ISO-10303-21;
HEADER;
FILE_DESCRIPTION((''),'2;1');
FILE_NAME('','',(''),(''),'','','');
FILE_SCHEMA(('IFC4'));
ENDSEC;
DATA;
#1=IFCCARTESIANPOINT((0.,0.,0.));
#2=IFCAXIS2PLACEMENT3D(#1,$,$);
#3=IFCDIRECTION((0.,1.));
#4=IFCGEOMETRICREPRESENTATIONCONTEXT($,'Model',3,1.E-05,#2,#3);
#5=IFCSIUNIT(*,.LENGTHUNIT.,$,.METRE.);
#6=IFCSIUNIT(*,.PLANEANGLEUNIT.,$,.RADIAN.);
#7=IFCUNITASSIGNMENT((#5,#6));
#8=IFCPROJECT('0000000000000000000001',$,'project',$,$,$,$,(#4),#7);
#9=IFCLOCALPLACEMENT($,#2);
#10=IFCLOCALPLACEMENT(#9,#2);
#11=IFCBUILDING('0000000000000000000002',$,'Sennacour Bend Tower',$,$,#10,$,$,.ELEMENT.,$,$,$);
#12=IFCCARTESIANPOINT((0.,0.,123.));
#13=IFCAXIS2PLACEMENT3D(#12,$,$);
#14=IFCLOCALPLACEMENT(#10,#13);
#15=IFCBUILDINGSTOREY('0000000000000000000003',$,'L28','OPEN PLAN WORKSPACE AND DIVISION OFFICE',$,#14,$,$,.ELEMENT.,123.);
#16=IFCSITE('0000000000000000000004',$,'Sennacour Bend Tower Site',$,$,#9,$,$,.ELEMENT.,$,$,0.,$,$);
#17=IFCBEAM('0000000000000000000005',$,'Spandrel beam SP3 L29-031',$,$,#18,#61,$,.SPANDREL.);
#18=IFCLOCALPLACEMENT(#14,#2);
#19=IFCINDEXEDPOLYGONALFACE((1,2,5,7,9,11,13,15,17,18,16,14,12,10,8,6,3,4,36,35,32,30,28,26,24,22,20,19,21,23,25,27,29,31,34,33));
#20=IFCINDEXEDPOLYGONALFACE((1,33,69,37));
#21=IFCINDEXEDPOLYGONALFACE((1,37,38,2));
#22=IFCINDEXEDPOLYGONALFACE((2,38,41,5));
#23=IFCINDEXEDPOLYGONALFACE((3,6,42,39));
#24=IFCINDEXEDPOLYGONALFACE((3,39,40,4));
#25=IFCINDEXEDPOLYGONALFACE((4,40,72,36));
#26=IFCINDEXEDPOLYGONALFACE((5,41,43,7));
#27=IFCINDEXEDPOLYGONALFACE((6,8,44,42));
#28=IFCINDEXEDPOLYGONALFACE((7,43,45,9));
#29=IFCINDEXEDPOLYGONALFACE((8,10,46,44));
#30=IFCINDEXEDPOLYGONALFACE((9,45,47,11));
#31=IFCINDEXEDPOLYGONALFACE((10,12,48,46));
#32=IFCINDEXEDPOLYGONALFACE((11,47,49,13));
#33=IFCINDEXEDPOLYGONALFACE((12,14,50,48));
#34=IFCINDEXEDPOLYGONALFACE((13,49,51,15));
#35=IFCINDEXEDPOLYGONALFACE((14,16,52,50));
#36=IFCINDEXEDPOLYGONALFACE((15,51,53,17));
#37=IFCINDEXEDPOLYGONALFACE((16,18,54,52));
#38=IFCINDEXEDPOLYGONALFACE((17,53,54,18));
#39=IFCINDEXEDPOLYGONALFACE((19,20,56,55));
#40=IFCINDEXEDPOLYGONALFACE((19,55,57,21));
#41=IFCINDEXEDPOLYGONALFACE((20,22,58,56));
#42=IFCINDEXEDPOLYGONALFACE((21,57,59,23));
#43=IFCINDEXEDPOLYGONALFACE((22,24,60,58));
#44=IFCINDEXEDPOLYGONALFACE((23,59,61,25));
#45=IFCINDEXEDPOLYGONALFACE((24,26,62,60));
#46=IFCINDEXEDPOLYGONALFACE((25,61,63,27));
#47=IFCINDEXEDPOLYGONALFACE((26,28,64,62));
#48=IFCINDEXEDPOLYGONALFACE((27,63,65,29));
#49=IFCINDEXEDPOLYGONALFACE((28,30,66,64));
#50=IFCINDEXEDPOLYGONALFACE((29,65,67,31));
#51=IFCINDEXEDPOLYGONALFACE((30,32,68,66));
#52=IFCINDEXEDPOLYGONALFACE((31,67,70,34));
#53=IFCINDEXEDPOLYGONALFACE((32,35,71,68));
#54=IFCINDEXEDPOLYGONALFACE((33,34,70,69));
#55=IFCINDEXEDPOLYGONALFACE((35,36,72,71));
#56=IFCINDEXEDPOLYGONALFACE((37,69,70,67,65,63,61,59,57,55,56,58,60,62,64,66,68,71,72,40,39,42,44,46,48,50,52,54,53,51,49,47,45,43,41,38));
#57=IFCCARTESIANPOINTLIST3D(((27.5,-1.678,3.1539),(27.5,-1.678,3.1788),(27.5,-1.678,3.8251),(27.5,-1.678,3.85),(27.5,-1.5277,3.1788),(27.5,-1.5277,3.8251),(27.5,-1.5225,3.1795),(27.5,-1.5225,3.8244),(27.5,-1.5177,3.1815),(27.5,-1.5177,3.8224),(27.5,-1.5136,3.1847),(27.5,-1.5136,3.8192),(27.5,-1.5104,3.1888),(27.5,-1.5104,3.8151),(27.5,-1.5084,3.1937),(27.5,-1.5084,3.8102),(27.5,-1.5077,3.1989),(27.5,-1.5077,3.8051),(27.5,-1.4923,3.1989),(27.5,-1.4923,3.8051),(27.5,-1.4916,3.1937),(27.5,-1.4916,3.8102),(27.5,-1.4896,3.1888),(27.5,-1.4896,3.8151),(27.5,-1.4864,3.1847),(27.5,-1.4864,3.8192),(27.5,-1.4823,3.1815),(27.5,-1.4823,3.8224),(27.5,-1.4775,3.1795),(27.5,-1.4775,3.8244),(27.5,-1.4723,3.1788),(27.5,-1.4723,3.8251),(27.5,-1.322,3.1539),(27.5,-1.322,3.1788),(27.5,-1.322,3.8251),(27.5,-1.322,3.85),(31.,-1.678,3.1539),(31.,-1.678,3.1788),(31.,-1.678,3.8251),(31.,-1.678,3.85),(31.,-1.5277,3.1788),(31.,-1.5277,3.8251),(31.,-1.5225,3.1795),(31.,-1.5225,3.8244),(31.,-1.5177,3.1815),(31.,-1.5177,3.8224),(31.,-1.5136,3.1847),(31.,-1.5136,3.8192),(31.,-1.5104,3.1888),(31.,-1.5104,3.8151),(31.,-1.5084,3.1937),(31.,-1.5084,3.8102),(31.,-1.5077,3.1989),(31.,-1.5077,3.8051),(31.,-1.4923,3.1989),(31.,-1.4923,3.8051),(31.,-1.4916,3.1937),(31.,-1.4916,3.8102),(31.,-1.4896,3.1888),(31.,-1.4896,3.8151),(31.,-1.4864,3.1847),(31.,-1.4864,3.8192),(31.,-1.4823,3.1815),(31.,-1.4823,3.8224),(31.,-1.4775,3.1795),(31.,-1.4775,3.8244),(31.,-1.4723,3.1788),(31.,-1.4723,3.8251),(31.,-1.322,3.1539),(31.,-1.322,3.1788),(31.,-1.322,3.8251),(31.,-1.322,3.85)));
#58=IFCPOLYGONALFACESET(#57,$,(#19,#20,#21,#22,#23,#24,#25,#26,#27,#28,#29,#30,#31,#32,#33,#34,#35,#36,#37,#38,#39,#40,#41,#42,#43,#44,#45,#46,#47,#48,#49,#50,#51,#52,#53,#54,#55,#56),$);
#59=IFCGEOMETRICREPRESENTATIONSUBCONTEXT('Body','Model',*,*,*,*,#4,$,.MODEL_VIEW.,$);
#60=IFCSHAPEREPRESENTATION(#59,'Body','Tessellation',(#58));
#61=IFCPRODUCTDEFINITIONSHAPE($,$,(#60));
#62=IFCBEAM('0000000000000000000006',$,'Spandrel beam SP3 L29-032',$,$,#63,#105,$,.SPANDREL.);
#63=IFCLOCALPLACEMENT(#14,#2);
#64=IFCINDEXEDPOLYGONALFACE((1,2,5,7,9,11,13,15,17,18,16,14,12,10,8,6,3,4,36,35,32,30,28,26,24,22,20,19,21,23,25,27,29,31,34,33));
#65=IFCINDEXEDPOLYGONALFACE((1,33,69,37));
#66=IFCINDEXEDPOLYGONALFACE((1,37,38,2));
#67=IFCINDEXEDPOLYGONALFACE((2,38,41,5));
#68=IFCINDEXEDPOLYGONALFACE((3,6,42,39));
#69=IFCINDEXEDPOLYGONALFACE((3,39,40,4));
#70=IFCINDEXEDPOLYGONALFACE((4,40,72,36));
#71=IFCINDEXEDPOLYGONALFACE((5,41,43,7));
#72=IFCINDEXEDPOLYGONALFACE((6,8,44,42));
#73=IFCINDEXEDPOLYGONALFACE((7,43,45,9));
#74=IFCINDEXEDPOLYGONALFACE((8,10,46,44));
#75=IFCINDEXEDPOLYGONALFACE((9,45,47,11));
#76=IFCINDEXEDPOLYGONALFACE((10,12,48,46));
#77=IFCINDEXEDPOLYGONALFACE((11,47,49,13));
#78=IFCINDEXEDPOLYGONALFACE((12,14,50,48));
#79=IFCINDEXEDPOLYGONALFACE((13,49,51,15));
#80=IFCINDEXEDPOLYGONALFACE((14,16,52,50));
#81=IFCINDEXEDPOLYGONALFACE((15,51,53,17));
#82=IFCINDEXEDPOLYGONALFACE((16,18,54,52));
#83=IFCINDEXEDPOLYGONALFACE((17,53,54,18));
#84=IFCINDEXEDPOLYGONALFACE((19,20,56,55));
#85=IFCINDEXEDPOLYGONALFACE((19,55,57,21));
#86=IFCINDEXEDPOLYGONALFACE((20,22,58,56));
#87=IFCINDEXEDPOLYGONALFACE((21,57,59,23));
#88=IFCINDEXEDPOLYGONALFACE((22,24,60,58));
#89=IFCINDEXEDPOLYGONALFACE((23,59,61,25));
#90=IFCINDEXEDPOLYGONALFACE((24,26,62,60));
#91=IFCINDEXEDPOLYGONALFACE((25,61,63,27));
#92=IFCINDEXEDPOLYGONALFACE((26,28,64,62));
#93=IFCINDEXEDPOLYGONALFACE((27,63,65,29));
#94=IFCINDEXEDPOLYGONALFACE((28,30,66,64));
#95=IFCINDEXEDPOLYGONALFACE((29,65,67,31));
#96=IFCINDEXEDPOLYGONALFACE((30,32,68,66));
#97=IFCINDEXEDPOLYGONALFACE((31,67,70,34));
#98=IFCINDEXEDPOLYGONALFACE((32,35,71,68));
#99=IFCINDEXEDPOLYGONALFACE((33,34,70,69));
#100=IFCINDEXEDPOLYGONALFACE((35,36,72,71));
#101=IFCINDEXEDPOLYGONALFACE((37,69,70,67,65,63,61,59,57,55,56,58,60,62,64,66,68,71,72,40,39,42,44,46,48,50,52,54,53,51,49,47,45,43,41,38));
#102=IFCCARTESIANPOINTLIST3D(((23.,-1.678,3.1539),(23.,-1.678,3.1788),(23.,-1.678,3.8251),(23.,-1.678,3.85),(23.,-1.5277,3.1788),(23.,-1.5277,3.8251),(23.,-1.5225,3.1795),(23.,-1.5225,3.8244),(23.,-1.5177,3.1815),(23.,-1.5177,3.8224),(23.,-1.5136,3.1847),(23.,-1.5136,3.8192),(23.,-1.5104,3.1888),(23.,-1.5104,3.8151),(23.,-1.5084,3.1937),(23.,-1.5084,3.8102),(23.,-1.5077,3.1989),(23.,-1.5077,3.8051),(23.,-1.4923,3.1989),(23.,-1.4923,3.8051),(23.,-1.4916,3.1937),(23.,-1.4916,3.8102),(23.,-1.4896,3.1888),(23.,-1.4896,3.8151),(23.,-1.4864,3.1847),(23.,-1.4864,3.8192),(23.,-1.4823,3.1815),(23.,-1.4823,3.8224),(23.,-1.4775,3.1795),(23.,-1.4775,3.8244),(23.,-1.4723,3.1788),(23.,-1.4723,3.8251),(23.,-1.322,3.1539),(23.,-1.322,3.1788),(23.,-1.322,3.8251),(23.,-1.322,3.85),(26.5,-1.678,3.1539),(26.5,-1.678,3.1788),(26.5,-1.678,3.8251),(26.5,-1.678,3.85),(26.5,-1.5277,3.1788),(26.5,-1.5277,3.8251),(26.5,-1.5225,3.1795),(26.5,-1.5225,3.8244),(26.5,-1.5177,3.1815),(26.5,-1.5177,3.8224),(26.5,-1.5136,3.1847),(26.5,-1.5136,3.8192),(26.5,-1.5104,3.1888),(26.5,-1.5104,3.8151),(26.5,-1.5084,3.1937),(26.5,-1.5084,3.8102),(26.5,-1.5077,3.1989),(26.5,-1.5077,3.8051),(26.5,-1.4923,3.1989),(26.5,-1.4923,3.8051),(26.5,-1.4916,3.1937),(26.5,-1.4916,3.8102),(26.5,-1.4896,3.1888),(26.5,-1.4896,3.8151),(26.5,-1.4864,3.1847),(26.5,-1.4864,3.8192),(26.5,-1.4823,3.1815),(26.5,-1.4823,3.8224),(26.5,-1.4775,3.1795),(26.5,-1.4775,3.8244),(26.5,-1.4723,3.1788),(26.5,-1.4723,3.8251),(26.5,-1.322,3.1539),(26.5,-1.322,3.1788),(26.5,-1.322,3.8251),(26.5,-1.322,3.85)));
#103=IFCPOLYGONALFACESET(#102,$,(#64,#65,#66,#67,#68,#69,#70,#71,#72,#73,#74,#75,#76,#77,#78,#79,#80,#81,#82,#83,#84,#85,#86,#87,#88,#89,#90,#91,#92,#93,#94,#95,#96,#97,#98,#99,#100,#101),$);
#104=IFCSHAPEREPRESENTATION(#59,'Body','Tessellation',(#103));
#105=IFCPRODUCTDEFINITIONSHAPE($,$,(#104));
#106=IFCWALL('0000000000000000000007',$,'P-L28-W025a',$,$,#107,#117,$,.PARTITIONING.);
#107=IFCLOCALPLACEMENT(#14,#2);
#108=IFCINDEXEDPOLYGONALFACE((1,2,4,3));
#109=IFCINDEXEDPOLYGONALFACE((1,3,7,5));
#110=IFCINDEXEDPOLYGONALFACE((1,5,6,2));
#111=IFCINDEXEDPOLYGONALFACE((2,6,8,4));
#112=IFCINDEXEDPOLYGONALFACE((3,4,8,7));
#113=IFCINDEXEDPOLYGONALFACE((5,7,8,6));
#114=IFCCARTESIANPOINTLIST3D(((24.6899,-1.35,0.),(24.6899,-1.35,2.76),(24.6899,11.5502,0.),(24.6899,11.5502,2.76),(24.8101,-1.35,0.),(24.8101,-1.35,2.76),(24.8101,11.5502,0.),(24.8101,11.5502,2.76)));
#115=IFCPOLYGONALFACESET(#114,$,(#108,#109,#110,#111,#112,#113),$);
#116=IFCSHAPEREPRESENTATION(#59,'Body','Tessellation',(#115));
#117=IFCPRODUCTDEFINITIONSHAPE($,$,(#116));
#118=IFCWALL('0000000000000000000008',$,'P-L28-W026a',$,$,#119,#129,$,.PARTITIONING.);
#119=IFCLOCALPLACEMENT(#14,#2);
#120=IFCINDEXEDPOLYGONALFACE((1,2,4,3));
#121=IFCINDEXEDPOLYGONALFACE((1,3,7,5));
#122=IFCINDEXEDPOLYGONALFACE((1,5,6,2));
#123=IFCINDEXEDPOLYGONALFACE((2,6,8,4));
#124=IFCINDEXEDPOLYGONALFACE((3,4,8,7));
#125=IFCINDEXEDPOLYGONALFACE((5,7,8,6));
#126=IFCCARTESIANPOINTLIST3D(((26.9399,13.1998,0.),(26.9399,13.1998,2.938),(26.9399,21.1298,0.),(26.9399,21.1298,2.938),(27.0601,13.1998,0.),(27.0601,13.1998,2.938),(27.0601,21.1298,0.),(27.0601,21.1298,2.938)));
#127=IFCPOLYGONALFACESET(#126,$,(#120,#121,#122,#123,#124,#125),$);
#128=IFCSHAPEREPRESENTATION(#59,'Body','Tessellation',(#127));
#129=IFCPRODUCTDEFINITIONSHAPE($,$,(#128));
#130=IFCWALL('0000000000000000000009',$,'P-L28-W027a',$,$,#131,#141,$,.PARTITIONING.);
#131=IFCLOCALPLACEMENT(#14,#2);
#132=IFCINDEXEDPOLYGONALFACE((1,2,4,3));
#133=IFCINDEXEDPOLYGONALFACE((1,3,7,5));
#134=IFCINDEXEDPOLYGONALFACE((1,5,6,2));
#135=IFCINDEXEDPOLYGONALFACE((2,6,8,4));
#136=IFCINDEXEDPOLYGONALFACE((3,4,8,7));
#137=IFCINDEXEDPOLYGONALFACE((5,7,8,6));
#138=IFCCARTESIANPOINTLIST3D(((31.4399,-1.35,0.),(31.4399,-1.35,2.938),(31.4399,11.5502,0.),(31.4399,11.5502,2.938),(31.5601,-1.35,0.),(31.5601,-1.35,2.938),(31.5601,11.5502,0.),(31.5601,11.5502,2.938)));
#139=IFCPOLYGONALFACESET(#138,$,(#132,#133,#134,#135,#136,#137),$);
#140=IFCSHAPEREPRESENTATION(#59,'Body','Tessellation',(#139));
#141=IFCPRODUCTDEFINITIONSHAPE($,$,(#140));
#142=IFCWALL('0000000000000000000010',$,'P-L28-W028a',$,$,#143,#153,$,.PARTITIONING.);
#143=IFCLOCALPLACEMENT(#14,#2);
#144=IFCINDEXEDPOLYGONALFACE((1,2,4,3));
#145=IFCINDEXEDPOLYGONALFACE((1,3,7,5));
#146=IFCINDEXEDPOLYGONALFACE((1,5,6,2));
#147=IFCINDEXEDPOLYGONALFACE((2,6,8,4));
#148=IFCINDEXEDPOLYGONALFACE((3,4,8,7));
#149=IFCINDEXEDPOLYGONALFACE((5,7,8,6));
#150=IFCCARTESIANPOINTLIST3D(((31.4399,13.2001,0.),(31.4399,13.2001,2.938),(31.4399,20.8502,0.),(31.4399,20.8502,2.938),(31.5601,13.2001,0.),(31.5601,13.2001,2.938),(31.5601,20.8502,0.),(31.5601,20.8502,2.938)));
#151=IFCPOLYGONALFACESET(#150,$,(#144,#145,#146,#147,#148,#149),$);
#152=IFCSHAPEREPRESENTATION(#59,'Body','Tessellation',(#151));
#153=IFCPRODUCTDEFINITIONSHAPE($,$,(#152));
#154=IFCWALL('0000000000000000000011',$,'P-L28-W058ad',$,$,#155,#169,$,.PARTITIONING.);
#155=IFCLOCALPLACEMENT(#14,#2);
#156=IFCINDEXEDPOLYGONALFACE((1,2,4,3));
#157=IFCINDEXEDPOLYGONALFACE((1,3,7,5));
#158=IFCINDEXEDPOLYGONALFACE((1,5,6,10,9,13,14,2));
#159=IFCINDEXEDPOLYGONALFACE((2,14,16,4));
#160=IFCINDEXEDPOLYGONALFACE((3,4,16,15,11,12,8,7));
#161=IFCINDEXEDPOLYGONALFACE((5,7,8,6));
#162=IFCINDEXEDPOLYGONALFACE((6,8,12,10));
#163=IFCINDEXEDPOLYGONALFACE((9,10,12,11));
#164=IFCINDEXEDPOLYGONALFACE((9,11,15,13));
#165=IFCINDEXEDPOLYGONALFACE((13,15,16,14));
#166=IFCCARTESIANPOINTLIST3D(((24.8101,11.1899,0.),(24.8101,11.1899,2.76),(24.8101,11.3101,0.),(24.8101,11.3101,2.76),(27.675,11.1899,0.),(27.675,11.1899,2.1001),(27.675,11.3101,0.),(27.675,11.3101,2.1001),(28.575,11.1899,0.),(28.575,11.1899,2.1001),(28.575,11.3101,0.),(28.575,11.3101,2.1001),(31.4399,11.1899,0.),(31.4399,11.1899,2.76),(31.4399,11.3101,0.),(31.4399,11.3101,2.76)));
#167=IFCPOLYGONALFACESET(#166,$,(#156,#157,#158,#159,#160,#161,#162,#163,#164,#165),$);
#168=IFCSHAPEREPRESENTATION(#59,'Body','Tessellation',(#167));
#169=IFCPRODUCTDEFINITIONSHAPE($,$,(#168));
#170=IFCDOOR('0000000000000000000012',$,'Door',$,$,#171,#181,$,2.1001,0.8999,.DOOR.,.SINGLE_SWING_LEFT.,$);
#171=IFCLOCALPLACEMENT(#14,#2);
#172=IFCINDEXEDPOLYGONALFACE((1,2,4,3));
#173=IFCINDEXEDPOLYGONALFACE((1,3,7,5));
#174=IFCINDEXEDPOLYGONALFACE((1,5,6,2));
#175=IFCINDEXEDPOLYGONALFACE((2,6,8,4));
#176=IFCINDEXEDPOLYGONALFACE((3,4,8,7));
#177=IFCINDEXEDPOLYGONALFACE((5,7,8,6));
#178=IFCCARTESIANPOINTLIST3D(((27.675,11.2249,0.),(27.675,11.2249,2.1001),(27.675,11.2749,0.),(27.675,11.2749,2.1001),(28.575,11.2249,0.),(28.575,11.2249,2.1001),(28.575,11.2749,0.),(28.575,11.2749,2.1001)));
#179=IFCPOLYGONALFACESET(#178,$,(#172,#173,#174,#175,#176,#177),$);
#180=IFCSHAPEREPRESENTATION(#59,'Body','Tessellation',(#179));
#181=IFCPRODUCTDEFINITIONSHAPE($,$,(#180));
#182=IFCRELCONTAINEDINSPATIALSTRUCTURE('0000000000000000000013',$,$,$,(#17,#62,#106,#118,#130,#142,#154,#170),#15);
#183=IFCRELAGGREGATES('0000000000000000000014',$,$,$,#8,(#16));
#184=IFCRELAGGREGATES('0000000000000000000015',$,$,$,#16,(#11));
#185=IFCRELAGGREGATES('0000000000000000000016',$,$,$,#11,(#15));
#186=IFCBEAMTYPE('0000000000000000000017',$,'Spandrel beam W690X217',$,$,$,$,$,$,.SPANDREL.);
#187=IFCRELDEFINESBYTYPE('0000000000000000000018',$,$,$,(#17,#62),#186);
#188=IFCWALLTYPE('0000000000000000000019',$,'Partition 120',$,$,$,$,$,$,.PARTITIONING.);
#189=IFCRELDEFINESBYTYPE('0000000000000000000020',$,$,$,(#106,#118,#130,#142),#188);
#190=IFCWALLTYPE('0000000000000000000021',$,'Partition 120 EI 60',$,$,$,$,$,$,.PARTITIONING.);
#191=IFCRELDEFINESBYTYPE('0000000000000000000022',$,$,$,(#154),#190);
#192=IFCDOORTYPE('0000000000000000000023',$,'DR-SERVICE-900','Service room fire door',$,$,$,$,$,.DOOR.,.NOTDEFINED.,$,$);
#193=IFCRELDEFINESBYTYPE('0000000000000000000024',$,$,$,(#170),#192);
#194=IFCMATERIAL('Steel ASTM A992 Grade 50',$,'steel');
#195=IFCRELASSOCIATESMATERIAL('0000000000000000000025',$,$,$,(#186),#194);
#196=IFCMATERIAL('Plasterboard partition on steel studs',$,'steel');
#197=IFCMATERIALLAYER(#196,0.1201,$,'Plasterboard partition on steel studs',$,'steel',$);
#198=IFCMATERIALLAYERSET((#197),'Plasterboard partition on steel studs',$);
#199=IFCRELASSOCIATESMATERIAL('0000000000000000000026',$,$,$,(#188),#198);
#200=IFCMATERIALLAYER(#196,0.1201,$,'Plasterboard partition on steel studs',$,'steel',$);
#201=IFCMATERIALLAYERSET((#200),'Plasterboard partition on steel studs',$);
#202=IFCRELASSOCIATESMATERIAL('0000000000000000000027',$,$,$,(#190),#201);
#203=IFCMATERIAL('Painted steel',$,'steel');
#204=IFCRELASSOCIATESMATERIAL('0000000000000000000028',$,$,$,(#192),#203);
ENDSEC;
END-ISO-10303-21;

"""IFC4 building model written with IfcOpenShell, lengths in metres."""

from ifc_helpers import new_model, si_unit, direction, frame, frame_2d, origin, origin_2d, place, context, subcontext, project, spatial, rectangle, i_section, extrude, material, layer, layer_set, material_profile, profile_set, type_object, element, fill, save


model = new_model("IFC4")

# Units and contexts
model_context = context("Model", 3, precision=1e-05, world=origin(), true_north=direction((0.0, 1.0)))
body_context = subcontext(model_context, "Body", "Model", "MODEL_VIEW")
ifc_project = project(units=[si_unit("LENGTHUNIT", "METRE"), si_unit("PLANEANGLEUNIT", "RADIAN")], contexts=[model_context])

# Site, building, storey
site_placement = place(None, origin())
site = spatial("IfcSite", under=ifc_project, at=site_placement, Name="Sennacour Bend Tower Site", CompositionType="ELEMENT", RefElevation=0.0)
building_placement = place(site_placement, origin())
building = spatial("IfcBuilding", under=site, at=building_placement, Name="Sennacour Bend Tower", CompositionType="ELEMENT")
storey_placement = place(building_placement, frame((0.0, 0.0, 123.0)))
storey = spatial("IfcBuildingStorey", under=building, at=storey_placement, Name="L28", Description="OPEN PLAN WORKSPACE AND DIVISION OFFICE", CompositionType="ELEMENT", Elevation=123.0)

# Beams
ifc_material_1 = material(Name="Steel ASTM A992 Grade 50", Category="steel")
ifc_material_profile_1 = material_profile(ifc_material_1, i_section(OverallWidth=0.356, OverallDepth=0.696, WebThickness=0.0154, FlangeThickness=0.0249, FilletRadius=0.02, at=origin_2d()), Name="Steel ASTM A992 Grade 50", Category="steel")
ifc_profile_set_1 = profile_set([ifc_material_profile_1], Name="Steel ASTM A992 Grade 50")
beam_type_1 = type_object("IfcBeamType", Name="Spandrel beam W690X217", PredefinedType="SPANDREL", material=ifc_profile_set_1)
for number, where, z_axis, x_axis, name in (
    (1, (31.0, -1.5, 3.502), (-1.0, 0.0, 0.0), (0.0, -1.0, 0.0), "Spandrel beam SP3 L29-031"),
    (2, (26.5, -1.5, 3.502), (-1.0, 0.0, 0.0), (0.0, -1.0, 0.0), "Spandrel beam SP3 L29-032"),
):
    element("IfcBeam", number, at=place(storey_placement, frame(where, z_axis=z_axis, x_axis=x_axis)), inside=storey, type_object=beam_type_1, Name=name, PredefinedType="SPANDREL", context=body_context, shape_type="SweptSolid", body=[
        extrude(i_section(OverallWidth=0.356, OverallDepth=0.696, WebThickness=0.0154, FlangeThickness=0.0249, FilletRadius=0.02, at=origin_2d()), origin(), (0.0, 0.0, 1.0), 3.5),
    ])

# Walls
ifc_material_2 = material(Name="Plasterboard partition on steel studs", Category="steel")
ifc_layer_1 = layer(ifc_material_2, 0.1201, Name="Plasterboard partition on steel studs", Category="steel")
ifc_layer_set_1 = layer_set([ifc_layer_1], Name="Plasterboard partition on steel studs")
wall_type_1 = type_object("IfcWallType", Name="Partition 120", PredefinedType="PARTITIONING", material=ifc_layer_set_1)
wall_1_placement = place(storey_placement, frame((24.75, -1.3501, 0.0), z_axis=(0.0, 0.0, 1.0), x_axis=(0.0, 1.0, 0.0)))
element("IfcWall", 3, at=wall_1_placement, inside=storey, type_object=wall_type_1, Name="P-L28-W025a", PredefinedType="PARTITIONING", context=body_context, shape_type="SweptSolid", body=[
    extrude(rectangle(XDim=12.9001, YDim=0.1201, at=frame_2d((6.4502, 0.0))), origin(), (0.0, 0.0, 1.0), 2.76),
])
wall_2_placement = place(storey_placement, frame((27.0, 13.2, 0.0), z_axis=(0.0, 0.0, 1.0), x_axis=(0.0, 1.0, 0.0)))
element("IfcWall", 4, at=wall_2_placement, inside=storey, type_object=wall_type_1, Name="P-L28-W026a", PredefinedType="PARTITIONING", context=body_context, shape_type="SweptSolid", body=[
    extrude(rectangle(XDim=7.9299, YDim=0.1201, at=frame_2d((3.9648, 0.0))), origin(), (0.0, 0.0, 1.0), 2.938),
])
wall_3_placement = place(storey_placement, frame((31.5, -1.3501, 0.0), z_axis=(0.0, 0.0, 1.0), x_axis=(0.0, 1.0, 0.0)))
element("IfcWall", 5, at=wall_3_placement, inside=storey, type_object=wall_type_1, Name="P-L28-W027a", PredefinedType="PARTITIONING", context=body_context, shape_type="SweptSolid", body=[
    extrude(rectangle(XDim=12.9001, YDim=0.1201, at=frame_2d((6.4502, 0.0))), origin(), (0.0, 0.0, 1.0), 2.938),
])
wall_4_placement = place(storey_placement, frame((31.5, 13.2, 0.0), z_axis=(0.0, 0.0, 1.0), x_axis=(0.0, 1.0, 0.0)))
element("IfcWall", 6, at=wall_4_placement, inside=storey, type_object=wall_type_1, Name="P-L28-W028a", PredefinedType="PARTITIONING", context=body_context, shape_type="SweptSolid", body=[
    extrude(rectangle(XDim=7.6501, YDim=0.1201, at=frame_2d((3.8252, 0.0))), origin(), (0.0, 0.0, 1.0), 2.938),
])

# Wall, opening, door
ifc_layer_2 = layer(ifc_material_2, 0.1201, Name="Plasterboard partition on steel studs", Category="steel")
ifc_layer_set_2 = layer_set([ifc_layer_2], Name="Plasterboard partition on steel studs")
wall_type_2 = type_object("IfcWallType", Name="Partition 120 EI 60", PredefinedType="PARTITIONING", material=ifc_layer_set_2)
wall_5_placement = place(storey_placement, frame((24.8101, 11.25, 0.0), z_axis=(0.0, 0.0, 1.0), x_axis=(1.0, 0.0, 0.0)))
wall_5 = element("IfcWall", 7, at=wall_5_placement, inside=storey, type_object=wall_type_2, Name="P-L28-W058ad", PredefinedType="PARTITIONING", context=body_context, shape_type="SweptSolid", body=[
    extrude(rectangle(XDim=6.6299, YDim=0.1201, at=frame_2d((3.3149, 0.0))), origin(), (0.0, 0.0, 1.0), 2.76),
])
opening_1_placement = place(wall_5_placement, frame((2.865, 0.0, 0.0)))
opening_1 = element("IfcOpeningElement", 8, at=opening_1_placement, cuts=wall_5, PredefinedType="OPENING", context=body_context, shape_type="SweptSolid", body=[
    extrude(rectangle(XDim=0.8999, YDim=2.1001, at=frame_2d((0.45, 1.05))), frame((0.0, 0.0701, 0.0), z_axis=(0.0, -1.0, 0.0), x_axis=(1.0, 0.0, 0.0)), (0.0, 0.0, 1.0), 0.1401),
])
ifc_material_3 = material(Name="Painted steel", Category="steel")
door_type = type_object("IfcDoorType", Name="DR-SERVICE-900", Description="Service room fire door", OperationType="NOTDEFINED", PredefinedType="DOOR", material=ifc_material_3)
door_placement = place(opening_1_placement, origin())
door = element("IfcDoor", 9, at=door_placement, inside=storey, type_object=door_type, Name="Door", OperationType="SINGLE_SWING_LEFT", OverallHeight=2.1001, OverallWidth=0.8999, PredefinedType="DOOR", context=body_context, shape_type="SweptSolid", body=[
    extrude(rectangle(XDim=0.8999, YDim=2.1001, at=frame_2d((0.45, 1.05))), frame((0.0, 0.0249, 0.0), z_axis=(0.0, -1.0, 0.0), x_axis=(1.0, 0.0, 0.0)), (0.0, 0.0, 1.0), 0.05),
])
fill(opening_1, door)

save(model, "model.ifc")
